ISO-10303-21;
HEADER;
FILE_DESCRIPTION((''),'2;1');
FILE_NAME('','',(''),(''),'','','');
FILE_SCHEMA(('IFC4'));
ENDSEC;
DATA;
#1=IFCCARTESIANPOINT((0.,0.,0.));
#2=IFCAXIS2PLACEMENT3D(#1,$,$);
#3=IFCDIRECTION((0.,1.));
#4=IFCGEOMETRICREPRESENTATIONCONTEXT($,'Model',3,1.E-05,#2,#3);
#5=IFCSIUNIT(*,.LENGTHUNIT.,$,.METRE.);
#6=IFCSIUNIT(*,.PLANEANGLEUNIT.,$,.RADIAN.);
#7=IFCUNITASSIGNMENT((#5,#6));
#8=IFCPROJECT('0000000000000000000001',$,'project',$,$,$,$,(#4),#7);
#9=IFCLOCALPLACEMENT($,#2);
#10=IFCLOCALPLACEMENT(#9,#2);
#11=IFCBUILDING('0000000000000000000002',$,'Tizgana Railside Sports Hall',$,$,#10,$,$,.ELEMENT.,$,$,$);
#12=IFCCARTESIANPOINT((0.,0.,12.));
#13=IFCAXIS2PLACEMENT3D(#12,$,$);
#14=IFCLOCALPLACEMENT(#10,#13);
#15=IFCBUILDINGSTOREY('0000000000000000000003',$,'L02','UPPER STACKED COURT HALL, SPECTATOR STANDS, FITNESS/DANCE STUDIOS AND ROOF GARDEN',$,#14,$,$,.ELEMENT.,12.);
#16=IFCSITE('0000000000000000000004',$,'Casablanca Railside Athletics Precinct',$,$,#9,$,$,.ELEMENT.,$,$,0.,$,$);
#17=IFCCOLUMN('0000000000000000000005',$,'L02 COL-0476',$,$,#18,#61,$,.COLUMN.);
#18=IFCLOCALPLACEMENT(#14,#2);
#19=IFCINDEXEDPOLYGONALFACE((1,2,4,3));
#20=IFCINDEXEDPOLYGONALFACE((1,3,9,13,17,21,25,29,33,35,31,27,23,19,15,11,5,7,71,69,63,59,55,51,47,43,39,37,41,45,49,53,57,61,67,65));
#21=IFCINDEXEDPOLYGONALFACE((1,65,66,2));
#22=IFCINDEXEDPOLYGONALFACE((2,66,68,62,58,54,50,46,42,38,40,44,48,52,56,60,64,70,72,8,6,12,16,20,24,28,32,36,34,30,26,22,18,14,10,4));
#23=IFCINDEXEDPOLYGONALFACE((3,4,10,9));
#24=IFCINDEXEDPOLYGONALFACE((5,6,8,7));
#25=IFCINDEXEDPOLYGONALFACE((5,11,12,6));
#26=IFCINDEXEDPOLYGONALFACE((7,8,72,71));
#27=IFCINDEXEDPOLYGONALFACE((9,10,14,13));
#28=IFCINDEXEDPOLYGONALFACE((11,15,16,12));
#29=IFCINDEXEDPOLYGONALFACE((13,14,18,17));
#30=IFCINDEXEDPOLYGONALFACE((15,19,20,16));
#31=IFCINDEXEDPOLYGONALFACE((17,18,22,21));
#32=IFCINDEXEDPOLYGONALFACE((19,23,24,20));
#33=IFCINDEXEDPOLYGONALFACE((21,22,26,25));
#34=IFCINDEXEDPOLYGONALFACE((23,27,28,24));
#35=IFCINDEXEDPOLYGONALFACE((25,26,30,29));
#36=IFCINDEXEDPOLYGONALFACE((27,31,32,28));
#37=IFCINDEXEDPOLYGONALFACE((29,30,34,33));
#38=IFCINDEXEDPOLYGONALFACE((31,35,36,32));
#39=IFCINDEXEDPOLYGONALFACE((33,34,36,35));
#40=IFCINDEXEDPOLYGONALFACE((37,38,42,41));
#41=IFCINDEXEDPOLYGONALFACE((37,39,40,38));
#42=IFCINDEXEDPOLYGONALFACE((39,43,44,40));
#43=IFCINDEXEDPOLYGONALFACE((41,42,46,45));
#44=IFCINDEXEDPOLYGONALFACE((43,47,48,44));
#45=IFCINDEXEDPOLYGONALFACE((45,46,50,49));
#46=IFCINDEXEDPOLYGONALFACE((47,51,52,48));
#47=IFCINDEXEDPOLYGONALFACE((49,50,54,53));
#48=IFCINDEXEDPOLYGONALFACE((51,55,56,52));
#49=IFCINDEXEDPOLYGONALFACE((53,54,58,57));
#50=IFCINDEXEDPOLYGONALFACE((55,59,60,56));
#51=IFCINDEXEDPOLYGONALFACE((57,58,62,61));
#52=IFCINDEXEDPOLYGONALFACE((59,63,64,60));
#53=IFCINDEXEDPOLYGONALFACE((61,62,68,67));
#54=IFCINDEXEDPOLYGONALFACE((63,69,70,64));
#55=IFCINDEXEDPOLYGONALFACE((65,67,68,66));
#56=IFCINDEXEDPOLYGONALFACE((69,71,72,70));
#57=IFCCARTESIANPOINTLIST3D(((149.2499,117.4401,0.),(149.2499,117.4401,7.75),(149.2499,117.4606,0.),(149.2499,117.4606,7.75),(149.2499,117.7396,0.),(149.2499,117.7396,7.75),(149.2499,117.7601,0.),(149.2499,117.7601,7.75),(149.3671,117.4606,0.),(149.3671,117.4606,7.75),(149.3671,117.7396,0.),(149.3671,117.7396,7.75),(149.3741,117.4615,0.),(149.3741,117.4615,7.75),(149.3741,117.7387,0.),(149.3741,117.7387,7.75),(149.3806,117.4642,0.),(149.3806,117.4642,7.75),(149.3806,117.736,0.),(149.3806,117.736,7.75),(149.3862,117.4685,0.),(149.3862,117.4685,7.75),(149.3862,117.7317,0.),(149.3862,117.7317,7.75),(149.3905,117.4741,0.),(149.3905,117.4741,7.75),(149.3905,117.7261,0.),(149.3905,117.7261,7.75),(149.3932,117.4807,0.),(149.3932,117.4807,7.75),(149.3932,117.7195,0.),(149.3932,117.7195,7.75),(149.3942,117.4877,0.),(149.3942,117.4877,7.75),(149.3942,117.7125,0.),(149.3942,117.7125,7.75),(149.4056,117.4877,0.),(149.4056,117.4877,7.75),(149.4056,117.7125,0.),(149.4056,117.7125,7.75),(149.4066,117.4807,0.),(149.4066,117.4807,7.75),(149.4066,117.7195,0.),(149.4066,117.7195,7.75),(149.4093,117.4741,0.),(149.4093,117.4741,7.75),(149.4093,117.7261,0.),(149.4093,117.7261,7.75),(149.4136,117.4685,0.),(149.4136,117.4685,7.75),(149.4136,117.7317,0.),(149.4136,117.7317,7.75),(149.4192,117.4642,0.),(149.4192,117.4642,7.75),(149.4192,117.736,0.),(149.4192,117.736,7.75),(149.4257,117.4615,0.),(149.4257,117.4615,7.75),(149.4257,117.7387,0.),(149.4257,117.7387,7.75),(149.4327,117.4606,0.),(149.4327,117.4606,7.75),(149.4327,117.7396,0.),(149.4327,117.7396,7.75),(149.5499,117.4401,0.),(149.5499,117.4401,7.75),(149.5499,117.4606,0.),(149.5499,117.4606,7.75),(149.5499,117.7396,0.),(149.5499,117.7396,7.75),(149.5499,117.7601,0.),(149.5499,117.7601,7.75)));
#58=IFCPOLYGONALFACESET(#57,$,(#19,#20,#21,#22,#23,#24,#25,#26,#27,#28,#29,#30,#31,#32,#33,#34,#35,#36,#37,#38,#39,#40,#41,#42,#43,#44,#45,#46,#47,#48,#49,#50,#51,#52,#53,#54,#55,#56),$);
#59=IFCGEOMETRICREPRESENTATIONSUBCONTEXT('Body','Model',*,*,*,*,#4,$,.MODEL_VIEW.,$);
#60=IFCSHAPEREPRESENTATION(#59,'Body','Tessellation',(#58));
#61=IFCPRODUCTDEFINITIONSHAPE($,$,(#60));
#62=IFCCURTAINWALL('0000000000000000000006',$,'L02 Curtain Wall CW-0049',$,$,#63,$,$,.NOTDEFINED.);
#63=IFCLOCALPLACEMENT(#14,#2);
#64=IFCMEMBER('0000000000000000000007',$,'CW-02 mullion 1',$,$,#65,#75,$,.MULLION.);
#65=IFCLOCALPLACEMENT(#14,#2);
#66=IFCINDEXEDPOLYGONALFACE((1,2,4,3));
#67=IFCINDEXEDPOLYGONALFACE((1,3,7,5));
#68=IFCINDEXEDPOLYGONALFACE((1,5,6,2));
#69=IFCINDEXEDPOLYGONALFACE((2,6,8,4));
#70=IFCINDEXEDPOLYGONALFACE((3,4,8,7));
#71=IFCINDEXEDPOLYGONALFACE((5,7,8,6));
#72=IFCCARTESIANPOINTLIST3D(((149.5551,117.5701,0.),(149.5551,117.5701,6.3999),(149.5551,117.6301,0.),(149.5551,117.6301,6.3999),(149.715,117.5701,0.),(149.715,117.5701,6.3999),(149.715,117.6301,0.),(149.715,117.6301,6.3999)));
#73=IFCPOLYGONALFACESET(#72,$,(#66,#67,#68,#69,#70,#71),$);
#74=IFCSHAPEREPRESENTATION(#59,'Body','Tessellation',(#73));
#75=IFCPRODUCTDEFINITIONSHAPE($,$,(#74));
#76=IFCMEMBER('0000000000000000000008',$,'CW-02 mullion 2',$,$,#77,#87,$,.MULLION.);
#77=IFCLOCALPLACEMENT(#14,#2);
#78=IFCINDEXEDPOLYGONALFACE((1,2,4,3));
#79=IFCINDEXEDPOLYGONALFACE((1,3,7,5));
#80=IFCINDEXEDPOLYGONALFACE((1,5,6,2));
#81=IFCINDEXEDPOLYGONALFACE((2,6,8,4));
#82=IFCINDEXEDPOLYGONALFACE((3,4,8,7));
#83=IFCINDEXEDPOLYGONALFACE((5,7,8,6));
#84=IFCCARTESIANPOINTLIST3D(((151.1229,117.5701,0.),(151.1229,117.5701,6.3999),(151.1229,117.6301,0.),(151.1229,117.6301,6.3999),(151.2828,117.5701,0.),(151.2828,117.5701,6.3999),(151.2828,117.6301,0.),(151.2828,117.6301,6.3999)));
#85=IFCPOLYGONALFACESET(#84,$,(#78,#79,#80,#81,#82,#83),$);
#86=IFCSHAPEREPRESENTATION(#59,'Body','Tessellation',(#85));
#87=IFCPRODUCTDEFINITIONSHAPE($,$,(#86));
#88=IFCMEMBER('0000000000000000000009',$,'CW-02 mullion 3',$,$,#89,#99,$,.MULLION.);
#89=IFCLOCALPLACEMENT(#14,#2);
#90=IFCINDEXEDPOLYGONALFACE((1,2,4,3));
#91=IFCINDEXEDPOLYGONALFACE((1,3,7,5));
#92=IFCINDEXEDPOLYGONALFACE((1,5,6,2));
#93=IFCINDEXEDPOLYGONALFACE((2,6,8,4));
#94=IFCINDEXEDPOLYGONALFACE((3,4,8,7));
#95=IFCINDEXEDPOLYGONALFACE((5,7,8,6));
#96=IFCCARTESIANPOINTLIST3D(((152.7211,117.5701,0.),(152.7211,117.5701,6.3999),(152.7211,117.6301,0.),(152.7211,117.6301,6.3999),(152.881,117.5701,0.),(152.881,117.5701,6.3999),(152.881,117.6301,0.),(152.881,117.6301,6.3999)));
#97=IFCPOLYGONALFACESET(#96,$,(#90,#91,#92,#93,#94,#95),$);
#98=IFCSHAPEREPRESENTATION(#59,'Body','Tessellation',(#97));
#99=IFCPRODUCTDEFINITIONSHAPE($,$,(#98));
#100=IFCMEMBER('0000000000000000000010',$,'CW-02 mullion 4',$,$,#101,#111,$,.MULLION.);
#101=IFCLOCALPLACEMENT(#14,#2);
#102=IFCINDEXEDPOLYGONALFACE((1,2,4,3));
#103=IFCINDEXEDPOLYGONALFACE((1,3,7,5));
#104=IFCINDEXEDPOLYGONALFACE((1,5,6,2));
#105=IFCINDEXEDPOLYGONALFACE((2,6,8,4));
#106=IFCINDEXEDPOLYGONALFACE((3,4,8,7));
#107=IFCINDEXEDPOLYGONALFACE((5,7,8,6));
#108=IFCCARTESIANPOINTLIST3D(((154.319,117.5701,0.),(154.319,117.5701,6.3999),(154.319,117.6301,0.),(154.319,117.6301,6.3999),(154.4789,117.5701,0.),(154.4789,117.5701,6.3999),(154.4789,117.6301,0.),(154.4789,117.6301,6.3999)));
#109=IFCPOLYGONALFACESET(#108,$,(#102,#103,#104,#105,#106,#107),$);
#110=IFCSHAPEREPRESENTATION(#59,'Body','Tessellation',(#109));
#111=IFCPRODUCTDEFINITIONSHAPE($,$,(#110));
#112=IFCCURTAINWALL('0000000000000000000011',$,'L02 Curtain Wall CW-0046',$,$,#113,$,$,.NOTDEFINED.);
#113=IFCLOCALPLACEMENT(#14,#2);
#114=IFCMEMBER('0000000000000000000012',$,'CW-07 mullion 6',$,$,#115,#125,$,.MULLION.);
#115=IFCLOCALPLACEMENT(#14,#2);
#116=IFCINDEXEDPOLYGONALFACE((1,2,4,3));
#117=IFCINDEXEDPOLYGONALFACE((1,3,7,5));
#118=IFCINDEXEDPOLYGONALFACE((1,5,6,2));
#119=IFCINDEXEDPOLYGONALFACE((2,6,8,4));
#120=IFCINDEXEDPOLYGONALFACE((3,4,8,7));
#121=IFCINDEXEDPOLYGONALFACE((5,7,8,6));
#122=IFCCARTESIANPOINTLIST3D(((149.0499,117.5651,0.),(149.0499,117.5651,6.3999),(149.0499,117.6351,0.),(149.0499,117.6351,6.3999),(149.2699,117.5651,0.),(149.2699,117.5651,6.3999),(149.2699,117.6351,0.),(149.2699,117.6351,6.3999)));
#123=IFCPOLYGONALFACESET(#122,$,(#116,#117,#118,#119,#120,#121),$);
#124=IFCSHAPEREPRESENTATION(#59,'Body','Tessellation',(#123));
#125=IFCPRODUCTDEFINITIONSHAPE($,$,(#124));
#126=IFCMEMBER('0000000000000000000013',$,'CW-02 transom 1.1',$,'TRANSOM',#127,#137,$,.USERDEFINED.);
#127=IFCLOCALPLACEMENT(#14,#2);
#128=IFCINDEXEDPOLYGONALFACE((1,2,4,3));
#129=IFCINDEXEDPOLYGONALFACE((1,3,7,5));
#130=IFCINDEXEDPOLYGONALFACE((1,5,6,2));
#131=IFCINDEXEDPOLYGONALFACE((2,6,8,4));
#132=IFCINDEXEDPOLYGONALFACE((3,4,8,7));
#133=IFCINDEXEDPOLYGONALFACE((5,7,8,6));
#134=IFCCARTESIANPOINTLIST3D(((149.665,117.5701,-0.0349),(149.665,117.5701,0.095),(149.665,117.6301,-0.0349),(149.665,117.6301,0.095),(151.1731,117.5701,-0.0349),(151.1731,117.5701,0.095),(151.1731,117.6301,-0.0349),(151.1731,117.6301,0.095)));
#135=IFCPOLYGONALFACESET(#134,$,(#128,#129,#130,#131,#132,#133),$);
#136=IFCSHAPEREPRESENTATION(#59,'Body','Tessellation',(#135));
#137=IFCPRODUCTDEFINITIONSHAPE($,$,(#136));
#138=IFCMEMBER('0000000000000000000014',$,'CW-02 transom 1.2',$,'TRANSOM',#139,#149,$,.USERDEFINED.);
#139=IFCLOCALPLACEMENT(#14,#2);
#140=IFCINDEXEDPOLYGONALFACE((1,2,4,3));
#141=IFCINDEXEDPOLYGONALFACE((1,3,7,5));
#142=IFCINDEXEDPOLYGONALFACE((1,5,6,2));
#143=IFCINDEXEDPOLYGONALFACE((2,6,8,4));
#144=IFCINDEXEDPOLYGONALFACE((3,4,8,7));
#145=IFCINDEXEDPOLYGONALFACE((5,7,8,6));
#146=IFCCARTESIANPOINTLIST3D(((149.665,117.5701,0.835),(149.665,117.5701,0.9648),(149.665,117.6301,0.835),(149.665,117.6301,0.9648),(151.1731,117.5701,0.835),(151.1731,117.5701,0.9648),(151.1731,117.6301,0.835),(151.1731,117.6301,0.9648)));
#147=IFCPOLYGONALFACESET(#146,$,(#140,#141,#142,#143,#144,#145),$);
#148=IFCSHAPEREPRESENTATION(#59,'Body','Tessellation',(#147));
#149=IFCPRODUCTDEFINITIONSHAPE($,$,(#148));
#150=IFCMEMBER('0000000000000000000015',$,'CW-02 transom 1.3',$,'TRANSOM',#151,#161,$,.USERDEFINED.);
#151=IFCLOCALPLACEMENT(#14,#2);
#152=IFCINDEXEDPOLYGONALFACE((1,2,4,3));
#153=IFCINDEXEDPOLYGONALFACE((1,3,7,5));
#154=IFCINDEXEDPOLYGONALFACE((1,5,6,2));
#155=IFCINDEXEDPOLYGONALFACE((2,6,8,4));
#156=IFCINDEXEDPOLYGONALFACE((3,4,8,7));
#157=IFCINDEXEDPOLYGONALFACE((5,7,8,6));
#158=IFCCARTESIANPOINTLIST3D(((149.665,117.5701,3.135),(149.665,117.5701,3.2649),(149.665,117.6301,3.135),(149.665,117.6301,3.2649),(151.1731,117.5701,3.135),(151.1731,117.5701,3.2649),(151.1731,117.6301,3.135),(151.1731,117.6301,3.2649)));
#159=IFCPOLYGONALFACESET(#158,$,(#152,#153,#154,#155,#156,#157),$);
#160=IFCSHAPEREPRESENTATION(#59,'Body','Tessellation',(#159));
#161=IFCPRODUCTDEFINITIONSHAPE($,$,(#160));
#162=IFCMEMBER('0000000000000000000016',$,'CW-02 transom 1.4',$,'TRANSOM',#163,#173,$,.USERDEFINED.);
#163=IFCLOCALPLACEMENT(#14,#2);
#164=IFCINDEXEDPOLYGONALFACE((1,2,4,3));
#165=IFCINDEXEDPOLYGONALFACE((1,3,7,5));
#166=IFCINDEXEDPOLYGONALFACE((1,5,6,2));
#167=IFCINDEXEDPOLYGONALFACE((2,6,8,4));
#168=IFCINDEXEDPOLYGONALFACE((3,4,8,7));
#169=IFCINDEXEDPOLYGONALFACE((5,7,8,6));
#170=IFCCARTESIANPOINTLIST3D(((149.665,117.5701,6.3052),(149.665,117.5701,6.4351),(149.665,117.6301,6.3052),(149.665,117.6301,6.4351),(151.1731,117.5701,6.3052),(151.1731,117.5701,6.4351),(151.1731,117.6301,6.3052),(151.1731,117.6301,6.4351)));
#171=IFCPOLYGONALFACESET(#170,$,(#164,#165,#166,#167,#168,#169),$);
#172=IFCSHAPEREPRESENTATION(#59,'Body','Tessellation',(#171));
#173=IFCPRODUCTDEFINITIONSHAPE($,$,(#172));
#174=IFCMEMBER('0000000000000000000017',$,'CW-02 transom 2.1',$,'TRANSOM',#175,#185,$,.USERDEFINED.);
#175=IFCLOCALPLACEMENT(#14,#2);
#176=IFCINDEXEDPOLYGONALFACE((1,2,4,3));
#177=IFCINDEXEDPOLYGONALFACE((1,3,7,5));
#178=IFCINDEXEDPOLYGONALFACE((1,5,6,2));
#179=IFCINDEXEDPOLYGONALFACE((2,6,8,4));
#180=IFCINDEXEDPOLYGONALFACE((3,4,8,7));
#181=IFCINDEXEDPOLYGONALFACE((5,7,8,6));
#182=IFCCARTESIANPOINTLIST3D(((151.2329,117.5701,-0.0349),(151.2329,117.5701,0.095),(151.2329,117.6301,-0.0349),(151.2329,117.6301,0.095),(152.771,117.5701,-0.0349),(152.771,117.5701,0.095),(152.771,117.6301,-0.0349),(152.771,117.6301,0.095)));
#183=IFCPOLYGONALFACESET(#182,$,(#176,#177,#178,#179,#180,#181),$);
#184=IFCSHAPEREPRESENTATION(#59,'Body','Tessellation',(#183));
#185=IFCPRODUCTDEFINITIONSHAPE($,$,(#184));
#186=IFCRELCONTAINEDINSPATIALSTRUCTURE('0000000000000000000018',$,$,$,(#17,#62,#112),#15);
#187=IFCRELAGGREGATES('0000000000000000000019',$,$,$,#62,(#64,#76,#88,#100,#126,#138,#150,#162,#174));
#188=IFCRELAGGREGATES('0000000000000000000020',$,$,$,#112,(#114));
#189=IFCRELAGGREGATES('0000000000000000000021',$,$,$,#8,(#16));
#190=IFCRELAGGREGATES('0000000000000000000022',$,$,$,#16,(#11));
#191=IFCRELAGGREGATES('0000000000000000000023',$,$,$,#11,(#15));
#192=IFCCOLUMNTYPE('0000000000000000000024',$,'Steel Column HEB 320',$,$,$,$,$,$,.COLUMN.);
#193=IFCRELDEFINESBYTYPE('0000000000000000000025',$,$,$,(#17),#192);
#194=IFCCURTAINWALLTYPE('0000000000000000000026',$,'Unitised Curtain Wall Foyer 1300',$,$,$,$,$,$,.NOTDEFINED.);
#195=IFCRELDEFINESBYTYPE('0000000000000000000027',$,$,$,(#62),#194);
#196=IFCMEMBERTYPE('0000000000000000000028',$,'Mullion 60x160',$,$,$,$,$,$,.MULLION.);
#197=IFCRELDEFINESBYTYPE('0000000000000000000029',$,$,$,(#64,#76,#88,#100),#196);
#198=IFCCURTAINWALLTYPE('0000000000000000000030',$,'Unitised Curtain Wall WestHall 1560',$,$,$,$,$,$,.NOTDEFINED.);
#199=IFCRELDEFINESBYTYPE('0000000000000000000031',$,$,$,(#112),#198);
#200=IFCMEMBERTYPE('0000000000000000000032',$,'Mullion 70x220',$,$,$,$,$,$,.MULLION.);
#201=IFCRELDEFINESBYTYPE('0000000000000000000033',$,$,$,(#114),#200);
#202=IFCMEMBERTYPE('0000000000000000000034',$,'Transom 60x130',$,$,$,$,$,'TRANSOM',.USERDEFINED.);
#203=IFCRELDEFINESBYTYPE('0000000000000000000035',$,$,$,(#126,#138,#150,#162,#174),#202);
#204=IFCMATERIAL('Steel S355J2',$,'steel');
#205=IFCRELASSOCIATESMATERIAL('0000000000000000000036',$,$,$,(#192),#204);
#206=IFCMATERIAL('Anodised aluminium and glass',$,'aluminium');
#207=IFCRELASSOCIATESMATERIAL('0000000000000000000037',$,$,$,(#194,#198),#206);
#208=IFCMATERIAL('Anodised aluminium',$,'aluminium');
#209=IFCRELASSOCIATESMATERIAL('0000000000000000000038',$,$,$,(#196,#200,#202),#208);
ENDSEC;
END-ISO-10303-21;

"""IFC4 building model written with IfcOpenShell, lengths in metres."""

from ifc_helpers import new_model, si_unit, direction, frame, origin, origin_2d, place, context, subcontext, project, spatial, rectangle, i_section, extrude, material, material_profile, profile_set, type_object, element, aggregate, save


model = new_model("IFC4")

# Units and contexts
model_context = context("Model", 3, precision=1e-05, world=origin(), true_north=direction((0.0, 1.0)))
body_context = subcontext(model_context, "Body", "Model", "MODEL_VIEW")
ifc_project = project(units=[si_unit("LENGTHUNIT", "METRE"), si_unit("PLANEANGLEUNIT", "RADIAN")], contexts=[model_context])

# Site, building, storey
site_placement = place(None, origin())
site = spatial("IfcSite", under=ifc_project, at=site_placement, Name="Casablanca Railside Athletics Precinct", CompositionType="ELEMENT", RefElevation=0.0)
building_placement = place(site_placement, origin())
building = spatial("IfcBuilding", under=site, at=building_placement, Name="Tizgana Railside Sports Hall", CompositionType="ELEMENT")
storey_placement = place(building_placement, frame((0.0, 0.0, 12.0)))
storey = spatial("IfcBuildingStorey", under=building, at=storey_placement, Name="L02", Description="UPPER STACKED COURT HALL, SPECTATOR STANDS, FITNESS/DANCE STUDIOS AND ROOF GARDEN", CompositionType="ELEMENT", Elevation=12.0)

# Column
ifc_material_1 = material(Name="Steel S355J2", Category="steel")
ifc_material_profile_1 = material_profile(ifc_material_1, i_section(OverallWidth=0.3, OverallDepth=0.3201, WebThickness=0.0115, FlangeThickness=0.0205, FilletRadius=0.0271, at=origin_2d()), Name="HEB 320")
ifc_profile_set_1 = profile_set([ifc_material_profile_1], Name="Steel S355J2")
column_type = type_object("IfcColumnType", Name="Steel Column HEB 320", PredefinedType="COLUMN", material=ifc_profile_set_1)
column_placement = place(storey_placement, frame((149.3999, 117.6001, 0.0), z_axis=(0.0, 0.0, 1.0), x_axis=(1.0, 0.0, 0.0)))
element("IfcColumn", 1, at=column_placement, inside=storey, type_object=column_type, Name="L02 COL-0476", PredefinedType="COLUMN", context=body_context, shape_type="SweptSolid", body=[
    extrude(i_section(OverallWidth=0.3, OverallDepth=0.3201, WebThickness=0.0115, FlangeThickness=0.0205, FilletRadius=0.0271, at=origin_2d()), origin(), (0.0, 0.0, 1.0), 7.75),
])

# Curtain wall, members
ifc_material_2 = material(Name="Anodised aluminium and glass", Category="aluminium")
curtain_wall_type_1 = type_object("IfcCurtainWallType", Name="Unitised Curtain Wall Foyer 1300", PredefinedType="NOTDEFINED", material=ifc_material_2)
curtain_wall_1_placement = place(storey_placement, origin())
curtain_wall_1 = element("IfcCurtainWall", 2, at=curtain_wall_1_placement, inside=storey, type_object=curtain_wall_type_1, Name="L02 Curtain Wall CW-0049", PredefinedType="NOTDEFINED")
ifc_material_3 = material(Name="Anodised aluminium", Category="aluminium")
ifc_material_profile_2 = material_profile(ifc_material_3, rectangle(XDim=0.0601, YDim=0.1599, at=origin_2d()), Name="Mullion 60x160")
ifc_profile_set_2 = profile_set([ifc_material_profile_2], Name="Anodised aluminium")
member_type_1 = type_object("IfcMemberType", Name="Mullion 60x160", PredefinedType="MULLION", material=ifc_profile_set_2)
member_1_placement = place(storey_placement, frame((149.635, 117.6001, 0.0), z_axis=(0.0, 0.0, 1.0), x_axis=(0.0, 1.0, 0.0)))
member_1 = element("IfcMember", 3, at=member_1_placement, type_object=member_type_1, Name="CW-02 mullion 1", PredefinedType="MULLION", context=body_context, shape_type="SweptSolid", body=[
    extrude(rectangle(XDim=0.0601, YDim=0.1599, at=origin_2d()), origin(), (0.0, 0.0, 1.0), 6.3999),
])
member_2_placement = place(storey_placement, frame((151.2029, 117.6001, 0.0), z_axis=(0.0, 0.0, 1.0), x_axis=(0.0, 1.0, 0.0)))
member_2 = element("IfcMember", 4, at=member_2_placement, type_object=member_type_1, Name="CW-02 mullion 2", PredefinedType="MULLION", context=body_context, shape_type="SweptSolid", body=[
    extrude(rectangle(XDim=0.0601, YDim=0.1599, at=origin_2d()), origin(), (0.0, 0.0, 1.0), 6.3999),
])
member_3_placement = place(storey_placement, frame((152.801, 117.6001, 0.0), z_axis=(0.0, 0.0, 1.0), x_axis=(0.0, 1.0, 0.0)))
member_3 = element("IfcMember", 5, at=member_3_placement, type_object=member_type_1, Name="CW-02 mullion 3", PredefinedType="MULLION", context=body_context, shape_type="SweptSolid", body=[
    extrude(rectangle(XDim=0.0601, YDim=0.1599, at=origin_2d()), origin(), (0.0, 0.0, 1.0), 6.3999),
])
member_4_placement = place(storey_placement, frame((154.3989, 117.6001, 0.0), z_axis=(0.0, 0.0, 1.0), x_axis=(0.0, 1.0, 0.0)))
member_4 = element("IfcMember", 6, at=member_4_placement, type_object=member_type_1, Name="CW-02 mullion 4", PredefinedType="MULLION", context=body_context, shape_type="SweptSolid", body=[
    extrude(rectangle(XDim=0.0601, YDim=0.1599, at=origin_2d()), origin(), (0.0, 0.0, 1.0), 6.3999),
])

# Curtain wall, member
curtain_wall_type_2 = type_object("IfcCurtainWallType", Name="Unitised Curtain Wall WestHall 1560", PredefinedType="NOTDEFINED", material=ifc_material_2)
curtain_wall_2_placement = place(storey_placement, origin())
curtain_wall_2 = element("IfcCurtainWall", 7, at=curtain_wall_2_placement, inside=storey, type_object=curtain_wall_type_2, Name="L02 Curtain Wall CW-0046", PredefinedType="NOTDEFINED")
ifc_material_profile_3 = material_profile(ifc_material_3, rectangle(XDim=0.0701, YDim=0.22, at=origin_2d()), Name="Mullion 70x220")
ifc_profile_set_3 = profile_set([ifc_material_profile_3], Name="Anodised aluminium")
member_type_2 = type_object("IfcMemberType", Name="Mullion 70x220", PredefinedType="MULLION", material=ifc_profile_set_3)
member_5_placement = place(storey_placement, frame((149.1599, 117.6001, 0.0), z_axis=(0.0, 0.0, 1.0), x_axis=(0.0, 1.0, 0.0)))
member_5 = element("IfcMember", 8, at=member_5_placement, type_object=member_type_2, Name="CW-07 mullion 6", PredefinedType="MULLION", context=body_context, shape_type="SweptSolid", body=[
    extrude(rectangle(XDim=0.0701, YDim=0.22, at=origin_2d()), origin(), (0.0, 0.0, 1.0), 6.3999),
])

# Members
ifc_material_profile_4 = material_profile(ifc_material_3, rectangle(XDim=0.0601, YDim=0.1299, at=origin_2d()), Name="Transom 60x130")
ifc_profile_set_4 = profile_set([ifc_material_profile_4], Name="Anodised aluminium")
member_type_3 = type_object("IfcMemberType", Name="Transom 60x130", ElementType="TRANSOM", PredefinedType="USERDEFINED", material=ifc_profile_set_4)
member_6_placement = place(storey_placement, frame((149.665, 117.6001, 0.03), z_axis=(1.0, 0.0, 0.0), x_axis=(0.0, 1.0, 0.0)))
member_6 = element("IfcMember", 9, at=member_6_placement, type_object=member_type_3, Name="CW-02 transom 1.1", ObjectType="TRANSOM", PredefinedType="USERDEFINED", context=body_context, shape_type="SweptSolid", body=[
    extrude(rectangle(XDim=0.0601, YDim=0.1299, at=origin_2d()), origin(), (0.0, 0.0, 1.0), 1.5081),
])
member_7_placement = place(storey_placement, frame((149.665, 117.6001, 0.8999), z_axis=(1.0, 0.0, 0.0), x_axis=(0.0, 1.0, 0.0)))
member_7 = element("IfcMember", 10, at=member_7_placement, type_object=member_type_3, Name="CW-02 transom 1.2", ObjectType="TRANSOM", PredefinedType="USERDEFINED", context=body_context, shape_type="SweptSolid", body=[
    extrude(rectangle(XDim=0.0601, YDim=0.1299, at=origin_2d()), origin(), (0.0, 0.0, 1.0), 1.5081),
])
member_8_placement = place(storey_placement, frame((149.665, 117.6001, 3.2), z_axis=(1.0, 0.0, 0.0), x_axis=(0.0, 1.0, 0.0)))
member_8 = element("IfcMember", 11, at=member_8_placement, type_object=member_type_3, Name="CW-02 transom 1.3", ObjectType="TRANSOM", PredefinedType="USERDEFINED", context=body_context, shape_type="SweptSolid", body=[
    extrude(rectangle(XDim=0.0601, YDim=0.1299, at=origin_2d()), origin(), (0.0, 0.0, 1.0), 1.5081),
])
member_9_placement = place(storey_placement, frame((149.665, 117.6001, 6.3701), z_axis=(1.0, 0.0, 0.0), x_axis=(0.0, 1.0, 0.0)))
member_9 = element("IfcMember", 12, at=member_9_placement, type_object=member_type_3, Name="CW-02 transom 1.4", ObjectType="TRANSOM", PredefinedType="USERDEFINED", context=body_context, shape_type="SweptSolid", body=[
    extrude(rectangle(XDim=0.0601, YDim=0.1299, at=origin_2d()), origin(), (0.0, 0.0, 1.0), 1.5081),
])
member_10_placement = place(storey_placement, frame((151.2329, 117.6001, 0.03), z_axis=(1.0, 0.0, 0.0), x_axis=(0.0, 1.0, 0.0)))
member_10 = element("IfcMember", 13, at=member_10_placement, type_object=member_type_3, Name="CW-02 transom 2.1", ObjectType="TRANSOM", PredefinedType="USERDEFINED", context=body_context, shape_type="SweptSolid", body=[
    extrude(rectangle(XDim=0.0601, YDim=0.1299, at=origin_2d()), origin(), (0.0, 0.0, 1.0), 1.5381),
])

aggregate(curtain_wall_1, [member_1, member_2, member_3, member_4, member_6, member_7, member_8, member_9, member_10])
aggregate(curtain_wall_2, [member_5])

save(model, "model.ifc")
